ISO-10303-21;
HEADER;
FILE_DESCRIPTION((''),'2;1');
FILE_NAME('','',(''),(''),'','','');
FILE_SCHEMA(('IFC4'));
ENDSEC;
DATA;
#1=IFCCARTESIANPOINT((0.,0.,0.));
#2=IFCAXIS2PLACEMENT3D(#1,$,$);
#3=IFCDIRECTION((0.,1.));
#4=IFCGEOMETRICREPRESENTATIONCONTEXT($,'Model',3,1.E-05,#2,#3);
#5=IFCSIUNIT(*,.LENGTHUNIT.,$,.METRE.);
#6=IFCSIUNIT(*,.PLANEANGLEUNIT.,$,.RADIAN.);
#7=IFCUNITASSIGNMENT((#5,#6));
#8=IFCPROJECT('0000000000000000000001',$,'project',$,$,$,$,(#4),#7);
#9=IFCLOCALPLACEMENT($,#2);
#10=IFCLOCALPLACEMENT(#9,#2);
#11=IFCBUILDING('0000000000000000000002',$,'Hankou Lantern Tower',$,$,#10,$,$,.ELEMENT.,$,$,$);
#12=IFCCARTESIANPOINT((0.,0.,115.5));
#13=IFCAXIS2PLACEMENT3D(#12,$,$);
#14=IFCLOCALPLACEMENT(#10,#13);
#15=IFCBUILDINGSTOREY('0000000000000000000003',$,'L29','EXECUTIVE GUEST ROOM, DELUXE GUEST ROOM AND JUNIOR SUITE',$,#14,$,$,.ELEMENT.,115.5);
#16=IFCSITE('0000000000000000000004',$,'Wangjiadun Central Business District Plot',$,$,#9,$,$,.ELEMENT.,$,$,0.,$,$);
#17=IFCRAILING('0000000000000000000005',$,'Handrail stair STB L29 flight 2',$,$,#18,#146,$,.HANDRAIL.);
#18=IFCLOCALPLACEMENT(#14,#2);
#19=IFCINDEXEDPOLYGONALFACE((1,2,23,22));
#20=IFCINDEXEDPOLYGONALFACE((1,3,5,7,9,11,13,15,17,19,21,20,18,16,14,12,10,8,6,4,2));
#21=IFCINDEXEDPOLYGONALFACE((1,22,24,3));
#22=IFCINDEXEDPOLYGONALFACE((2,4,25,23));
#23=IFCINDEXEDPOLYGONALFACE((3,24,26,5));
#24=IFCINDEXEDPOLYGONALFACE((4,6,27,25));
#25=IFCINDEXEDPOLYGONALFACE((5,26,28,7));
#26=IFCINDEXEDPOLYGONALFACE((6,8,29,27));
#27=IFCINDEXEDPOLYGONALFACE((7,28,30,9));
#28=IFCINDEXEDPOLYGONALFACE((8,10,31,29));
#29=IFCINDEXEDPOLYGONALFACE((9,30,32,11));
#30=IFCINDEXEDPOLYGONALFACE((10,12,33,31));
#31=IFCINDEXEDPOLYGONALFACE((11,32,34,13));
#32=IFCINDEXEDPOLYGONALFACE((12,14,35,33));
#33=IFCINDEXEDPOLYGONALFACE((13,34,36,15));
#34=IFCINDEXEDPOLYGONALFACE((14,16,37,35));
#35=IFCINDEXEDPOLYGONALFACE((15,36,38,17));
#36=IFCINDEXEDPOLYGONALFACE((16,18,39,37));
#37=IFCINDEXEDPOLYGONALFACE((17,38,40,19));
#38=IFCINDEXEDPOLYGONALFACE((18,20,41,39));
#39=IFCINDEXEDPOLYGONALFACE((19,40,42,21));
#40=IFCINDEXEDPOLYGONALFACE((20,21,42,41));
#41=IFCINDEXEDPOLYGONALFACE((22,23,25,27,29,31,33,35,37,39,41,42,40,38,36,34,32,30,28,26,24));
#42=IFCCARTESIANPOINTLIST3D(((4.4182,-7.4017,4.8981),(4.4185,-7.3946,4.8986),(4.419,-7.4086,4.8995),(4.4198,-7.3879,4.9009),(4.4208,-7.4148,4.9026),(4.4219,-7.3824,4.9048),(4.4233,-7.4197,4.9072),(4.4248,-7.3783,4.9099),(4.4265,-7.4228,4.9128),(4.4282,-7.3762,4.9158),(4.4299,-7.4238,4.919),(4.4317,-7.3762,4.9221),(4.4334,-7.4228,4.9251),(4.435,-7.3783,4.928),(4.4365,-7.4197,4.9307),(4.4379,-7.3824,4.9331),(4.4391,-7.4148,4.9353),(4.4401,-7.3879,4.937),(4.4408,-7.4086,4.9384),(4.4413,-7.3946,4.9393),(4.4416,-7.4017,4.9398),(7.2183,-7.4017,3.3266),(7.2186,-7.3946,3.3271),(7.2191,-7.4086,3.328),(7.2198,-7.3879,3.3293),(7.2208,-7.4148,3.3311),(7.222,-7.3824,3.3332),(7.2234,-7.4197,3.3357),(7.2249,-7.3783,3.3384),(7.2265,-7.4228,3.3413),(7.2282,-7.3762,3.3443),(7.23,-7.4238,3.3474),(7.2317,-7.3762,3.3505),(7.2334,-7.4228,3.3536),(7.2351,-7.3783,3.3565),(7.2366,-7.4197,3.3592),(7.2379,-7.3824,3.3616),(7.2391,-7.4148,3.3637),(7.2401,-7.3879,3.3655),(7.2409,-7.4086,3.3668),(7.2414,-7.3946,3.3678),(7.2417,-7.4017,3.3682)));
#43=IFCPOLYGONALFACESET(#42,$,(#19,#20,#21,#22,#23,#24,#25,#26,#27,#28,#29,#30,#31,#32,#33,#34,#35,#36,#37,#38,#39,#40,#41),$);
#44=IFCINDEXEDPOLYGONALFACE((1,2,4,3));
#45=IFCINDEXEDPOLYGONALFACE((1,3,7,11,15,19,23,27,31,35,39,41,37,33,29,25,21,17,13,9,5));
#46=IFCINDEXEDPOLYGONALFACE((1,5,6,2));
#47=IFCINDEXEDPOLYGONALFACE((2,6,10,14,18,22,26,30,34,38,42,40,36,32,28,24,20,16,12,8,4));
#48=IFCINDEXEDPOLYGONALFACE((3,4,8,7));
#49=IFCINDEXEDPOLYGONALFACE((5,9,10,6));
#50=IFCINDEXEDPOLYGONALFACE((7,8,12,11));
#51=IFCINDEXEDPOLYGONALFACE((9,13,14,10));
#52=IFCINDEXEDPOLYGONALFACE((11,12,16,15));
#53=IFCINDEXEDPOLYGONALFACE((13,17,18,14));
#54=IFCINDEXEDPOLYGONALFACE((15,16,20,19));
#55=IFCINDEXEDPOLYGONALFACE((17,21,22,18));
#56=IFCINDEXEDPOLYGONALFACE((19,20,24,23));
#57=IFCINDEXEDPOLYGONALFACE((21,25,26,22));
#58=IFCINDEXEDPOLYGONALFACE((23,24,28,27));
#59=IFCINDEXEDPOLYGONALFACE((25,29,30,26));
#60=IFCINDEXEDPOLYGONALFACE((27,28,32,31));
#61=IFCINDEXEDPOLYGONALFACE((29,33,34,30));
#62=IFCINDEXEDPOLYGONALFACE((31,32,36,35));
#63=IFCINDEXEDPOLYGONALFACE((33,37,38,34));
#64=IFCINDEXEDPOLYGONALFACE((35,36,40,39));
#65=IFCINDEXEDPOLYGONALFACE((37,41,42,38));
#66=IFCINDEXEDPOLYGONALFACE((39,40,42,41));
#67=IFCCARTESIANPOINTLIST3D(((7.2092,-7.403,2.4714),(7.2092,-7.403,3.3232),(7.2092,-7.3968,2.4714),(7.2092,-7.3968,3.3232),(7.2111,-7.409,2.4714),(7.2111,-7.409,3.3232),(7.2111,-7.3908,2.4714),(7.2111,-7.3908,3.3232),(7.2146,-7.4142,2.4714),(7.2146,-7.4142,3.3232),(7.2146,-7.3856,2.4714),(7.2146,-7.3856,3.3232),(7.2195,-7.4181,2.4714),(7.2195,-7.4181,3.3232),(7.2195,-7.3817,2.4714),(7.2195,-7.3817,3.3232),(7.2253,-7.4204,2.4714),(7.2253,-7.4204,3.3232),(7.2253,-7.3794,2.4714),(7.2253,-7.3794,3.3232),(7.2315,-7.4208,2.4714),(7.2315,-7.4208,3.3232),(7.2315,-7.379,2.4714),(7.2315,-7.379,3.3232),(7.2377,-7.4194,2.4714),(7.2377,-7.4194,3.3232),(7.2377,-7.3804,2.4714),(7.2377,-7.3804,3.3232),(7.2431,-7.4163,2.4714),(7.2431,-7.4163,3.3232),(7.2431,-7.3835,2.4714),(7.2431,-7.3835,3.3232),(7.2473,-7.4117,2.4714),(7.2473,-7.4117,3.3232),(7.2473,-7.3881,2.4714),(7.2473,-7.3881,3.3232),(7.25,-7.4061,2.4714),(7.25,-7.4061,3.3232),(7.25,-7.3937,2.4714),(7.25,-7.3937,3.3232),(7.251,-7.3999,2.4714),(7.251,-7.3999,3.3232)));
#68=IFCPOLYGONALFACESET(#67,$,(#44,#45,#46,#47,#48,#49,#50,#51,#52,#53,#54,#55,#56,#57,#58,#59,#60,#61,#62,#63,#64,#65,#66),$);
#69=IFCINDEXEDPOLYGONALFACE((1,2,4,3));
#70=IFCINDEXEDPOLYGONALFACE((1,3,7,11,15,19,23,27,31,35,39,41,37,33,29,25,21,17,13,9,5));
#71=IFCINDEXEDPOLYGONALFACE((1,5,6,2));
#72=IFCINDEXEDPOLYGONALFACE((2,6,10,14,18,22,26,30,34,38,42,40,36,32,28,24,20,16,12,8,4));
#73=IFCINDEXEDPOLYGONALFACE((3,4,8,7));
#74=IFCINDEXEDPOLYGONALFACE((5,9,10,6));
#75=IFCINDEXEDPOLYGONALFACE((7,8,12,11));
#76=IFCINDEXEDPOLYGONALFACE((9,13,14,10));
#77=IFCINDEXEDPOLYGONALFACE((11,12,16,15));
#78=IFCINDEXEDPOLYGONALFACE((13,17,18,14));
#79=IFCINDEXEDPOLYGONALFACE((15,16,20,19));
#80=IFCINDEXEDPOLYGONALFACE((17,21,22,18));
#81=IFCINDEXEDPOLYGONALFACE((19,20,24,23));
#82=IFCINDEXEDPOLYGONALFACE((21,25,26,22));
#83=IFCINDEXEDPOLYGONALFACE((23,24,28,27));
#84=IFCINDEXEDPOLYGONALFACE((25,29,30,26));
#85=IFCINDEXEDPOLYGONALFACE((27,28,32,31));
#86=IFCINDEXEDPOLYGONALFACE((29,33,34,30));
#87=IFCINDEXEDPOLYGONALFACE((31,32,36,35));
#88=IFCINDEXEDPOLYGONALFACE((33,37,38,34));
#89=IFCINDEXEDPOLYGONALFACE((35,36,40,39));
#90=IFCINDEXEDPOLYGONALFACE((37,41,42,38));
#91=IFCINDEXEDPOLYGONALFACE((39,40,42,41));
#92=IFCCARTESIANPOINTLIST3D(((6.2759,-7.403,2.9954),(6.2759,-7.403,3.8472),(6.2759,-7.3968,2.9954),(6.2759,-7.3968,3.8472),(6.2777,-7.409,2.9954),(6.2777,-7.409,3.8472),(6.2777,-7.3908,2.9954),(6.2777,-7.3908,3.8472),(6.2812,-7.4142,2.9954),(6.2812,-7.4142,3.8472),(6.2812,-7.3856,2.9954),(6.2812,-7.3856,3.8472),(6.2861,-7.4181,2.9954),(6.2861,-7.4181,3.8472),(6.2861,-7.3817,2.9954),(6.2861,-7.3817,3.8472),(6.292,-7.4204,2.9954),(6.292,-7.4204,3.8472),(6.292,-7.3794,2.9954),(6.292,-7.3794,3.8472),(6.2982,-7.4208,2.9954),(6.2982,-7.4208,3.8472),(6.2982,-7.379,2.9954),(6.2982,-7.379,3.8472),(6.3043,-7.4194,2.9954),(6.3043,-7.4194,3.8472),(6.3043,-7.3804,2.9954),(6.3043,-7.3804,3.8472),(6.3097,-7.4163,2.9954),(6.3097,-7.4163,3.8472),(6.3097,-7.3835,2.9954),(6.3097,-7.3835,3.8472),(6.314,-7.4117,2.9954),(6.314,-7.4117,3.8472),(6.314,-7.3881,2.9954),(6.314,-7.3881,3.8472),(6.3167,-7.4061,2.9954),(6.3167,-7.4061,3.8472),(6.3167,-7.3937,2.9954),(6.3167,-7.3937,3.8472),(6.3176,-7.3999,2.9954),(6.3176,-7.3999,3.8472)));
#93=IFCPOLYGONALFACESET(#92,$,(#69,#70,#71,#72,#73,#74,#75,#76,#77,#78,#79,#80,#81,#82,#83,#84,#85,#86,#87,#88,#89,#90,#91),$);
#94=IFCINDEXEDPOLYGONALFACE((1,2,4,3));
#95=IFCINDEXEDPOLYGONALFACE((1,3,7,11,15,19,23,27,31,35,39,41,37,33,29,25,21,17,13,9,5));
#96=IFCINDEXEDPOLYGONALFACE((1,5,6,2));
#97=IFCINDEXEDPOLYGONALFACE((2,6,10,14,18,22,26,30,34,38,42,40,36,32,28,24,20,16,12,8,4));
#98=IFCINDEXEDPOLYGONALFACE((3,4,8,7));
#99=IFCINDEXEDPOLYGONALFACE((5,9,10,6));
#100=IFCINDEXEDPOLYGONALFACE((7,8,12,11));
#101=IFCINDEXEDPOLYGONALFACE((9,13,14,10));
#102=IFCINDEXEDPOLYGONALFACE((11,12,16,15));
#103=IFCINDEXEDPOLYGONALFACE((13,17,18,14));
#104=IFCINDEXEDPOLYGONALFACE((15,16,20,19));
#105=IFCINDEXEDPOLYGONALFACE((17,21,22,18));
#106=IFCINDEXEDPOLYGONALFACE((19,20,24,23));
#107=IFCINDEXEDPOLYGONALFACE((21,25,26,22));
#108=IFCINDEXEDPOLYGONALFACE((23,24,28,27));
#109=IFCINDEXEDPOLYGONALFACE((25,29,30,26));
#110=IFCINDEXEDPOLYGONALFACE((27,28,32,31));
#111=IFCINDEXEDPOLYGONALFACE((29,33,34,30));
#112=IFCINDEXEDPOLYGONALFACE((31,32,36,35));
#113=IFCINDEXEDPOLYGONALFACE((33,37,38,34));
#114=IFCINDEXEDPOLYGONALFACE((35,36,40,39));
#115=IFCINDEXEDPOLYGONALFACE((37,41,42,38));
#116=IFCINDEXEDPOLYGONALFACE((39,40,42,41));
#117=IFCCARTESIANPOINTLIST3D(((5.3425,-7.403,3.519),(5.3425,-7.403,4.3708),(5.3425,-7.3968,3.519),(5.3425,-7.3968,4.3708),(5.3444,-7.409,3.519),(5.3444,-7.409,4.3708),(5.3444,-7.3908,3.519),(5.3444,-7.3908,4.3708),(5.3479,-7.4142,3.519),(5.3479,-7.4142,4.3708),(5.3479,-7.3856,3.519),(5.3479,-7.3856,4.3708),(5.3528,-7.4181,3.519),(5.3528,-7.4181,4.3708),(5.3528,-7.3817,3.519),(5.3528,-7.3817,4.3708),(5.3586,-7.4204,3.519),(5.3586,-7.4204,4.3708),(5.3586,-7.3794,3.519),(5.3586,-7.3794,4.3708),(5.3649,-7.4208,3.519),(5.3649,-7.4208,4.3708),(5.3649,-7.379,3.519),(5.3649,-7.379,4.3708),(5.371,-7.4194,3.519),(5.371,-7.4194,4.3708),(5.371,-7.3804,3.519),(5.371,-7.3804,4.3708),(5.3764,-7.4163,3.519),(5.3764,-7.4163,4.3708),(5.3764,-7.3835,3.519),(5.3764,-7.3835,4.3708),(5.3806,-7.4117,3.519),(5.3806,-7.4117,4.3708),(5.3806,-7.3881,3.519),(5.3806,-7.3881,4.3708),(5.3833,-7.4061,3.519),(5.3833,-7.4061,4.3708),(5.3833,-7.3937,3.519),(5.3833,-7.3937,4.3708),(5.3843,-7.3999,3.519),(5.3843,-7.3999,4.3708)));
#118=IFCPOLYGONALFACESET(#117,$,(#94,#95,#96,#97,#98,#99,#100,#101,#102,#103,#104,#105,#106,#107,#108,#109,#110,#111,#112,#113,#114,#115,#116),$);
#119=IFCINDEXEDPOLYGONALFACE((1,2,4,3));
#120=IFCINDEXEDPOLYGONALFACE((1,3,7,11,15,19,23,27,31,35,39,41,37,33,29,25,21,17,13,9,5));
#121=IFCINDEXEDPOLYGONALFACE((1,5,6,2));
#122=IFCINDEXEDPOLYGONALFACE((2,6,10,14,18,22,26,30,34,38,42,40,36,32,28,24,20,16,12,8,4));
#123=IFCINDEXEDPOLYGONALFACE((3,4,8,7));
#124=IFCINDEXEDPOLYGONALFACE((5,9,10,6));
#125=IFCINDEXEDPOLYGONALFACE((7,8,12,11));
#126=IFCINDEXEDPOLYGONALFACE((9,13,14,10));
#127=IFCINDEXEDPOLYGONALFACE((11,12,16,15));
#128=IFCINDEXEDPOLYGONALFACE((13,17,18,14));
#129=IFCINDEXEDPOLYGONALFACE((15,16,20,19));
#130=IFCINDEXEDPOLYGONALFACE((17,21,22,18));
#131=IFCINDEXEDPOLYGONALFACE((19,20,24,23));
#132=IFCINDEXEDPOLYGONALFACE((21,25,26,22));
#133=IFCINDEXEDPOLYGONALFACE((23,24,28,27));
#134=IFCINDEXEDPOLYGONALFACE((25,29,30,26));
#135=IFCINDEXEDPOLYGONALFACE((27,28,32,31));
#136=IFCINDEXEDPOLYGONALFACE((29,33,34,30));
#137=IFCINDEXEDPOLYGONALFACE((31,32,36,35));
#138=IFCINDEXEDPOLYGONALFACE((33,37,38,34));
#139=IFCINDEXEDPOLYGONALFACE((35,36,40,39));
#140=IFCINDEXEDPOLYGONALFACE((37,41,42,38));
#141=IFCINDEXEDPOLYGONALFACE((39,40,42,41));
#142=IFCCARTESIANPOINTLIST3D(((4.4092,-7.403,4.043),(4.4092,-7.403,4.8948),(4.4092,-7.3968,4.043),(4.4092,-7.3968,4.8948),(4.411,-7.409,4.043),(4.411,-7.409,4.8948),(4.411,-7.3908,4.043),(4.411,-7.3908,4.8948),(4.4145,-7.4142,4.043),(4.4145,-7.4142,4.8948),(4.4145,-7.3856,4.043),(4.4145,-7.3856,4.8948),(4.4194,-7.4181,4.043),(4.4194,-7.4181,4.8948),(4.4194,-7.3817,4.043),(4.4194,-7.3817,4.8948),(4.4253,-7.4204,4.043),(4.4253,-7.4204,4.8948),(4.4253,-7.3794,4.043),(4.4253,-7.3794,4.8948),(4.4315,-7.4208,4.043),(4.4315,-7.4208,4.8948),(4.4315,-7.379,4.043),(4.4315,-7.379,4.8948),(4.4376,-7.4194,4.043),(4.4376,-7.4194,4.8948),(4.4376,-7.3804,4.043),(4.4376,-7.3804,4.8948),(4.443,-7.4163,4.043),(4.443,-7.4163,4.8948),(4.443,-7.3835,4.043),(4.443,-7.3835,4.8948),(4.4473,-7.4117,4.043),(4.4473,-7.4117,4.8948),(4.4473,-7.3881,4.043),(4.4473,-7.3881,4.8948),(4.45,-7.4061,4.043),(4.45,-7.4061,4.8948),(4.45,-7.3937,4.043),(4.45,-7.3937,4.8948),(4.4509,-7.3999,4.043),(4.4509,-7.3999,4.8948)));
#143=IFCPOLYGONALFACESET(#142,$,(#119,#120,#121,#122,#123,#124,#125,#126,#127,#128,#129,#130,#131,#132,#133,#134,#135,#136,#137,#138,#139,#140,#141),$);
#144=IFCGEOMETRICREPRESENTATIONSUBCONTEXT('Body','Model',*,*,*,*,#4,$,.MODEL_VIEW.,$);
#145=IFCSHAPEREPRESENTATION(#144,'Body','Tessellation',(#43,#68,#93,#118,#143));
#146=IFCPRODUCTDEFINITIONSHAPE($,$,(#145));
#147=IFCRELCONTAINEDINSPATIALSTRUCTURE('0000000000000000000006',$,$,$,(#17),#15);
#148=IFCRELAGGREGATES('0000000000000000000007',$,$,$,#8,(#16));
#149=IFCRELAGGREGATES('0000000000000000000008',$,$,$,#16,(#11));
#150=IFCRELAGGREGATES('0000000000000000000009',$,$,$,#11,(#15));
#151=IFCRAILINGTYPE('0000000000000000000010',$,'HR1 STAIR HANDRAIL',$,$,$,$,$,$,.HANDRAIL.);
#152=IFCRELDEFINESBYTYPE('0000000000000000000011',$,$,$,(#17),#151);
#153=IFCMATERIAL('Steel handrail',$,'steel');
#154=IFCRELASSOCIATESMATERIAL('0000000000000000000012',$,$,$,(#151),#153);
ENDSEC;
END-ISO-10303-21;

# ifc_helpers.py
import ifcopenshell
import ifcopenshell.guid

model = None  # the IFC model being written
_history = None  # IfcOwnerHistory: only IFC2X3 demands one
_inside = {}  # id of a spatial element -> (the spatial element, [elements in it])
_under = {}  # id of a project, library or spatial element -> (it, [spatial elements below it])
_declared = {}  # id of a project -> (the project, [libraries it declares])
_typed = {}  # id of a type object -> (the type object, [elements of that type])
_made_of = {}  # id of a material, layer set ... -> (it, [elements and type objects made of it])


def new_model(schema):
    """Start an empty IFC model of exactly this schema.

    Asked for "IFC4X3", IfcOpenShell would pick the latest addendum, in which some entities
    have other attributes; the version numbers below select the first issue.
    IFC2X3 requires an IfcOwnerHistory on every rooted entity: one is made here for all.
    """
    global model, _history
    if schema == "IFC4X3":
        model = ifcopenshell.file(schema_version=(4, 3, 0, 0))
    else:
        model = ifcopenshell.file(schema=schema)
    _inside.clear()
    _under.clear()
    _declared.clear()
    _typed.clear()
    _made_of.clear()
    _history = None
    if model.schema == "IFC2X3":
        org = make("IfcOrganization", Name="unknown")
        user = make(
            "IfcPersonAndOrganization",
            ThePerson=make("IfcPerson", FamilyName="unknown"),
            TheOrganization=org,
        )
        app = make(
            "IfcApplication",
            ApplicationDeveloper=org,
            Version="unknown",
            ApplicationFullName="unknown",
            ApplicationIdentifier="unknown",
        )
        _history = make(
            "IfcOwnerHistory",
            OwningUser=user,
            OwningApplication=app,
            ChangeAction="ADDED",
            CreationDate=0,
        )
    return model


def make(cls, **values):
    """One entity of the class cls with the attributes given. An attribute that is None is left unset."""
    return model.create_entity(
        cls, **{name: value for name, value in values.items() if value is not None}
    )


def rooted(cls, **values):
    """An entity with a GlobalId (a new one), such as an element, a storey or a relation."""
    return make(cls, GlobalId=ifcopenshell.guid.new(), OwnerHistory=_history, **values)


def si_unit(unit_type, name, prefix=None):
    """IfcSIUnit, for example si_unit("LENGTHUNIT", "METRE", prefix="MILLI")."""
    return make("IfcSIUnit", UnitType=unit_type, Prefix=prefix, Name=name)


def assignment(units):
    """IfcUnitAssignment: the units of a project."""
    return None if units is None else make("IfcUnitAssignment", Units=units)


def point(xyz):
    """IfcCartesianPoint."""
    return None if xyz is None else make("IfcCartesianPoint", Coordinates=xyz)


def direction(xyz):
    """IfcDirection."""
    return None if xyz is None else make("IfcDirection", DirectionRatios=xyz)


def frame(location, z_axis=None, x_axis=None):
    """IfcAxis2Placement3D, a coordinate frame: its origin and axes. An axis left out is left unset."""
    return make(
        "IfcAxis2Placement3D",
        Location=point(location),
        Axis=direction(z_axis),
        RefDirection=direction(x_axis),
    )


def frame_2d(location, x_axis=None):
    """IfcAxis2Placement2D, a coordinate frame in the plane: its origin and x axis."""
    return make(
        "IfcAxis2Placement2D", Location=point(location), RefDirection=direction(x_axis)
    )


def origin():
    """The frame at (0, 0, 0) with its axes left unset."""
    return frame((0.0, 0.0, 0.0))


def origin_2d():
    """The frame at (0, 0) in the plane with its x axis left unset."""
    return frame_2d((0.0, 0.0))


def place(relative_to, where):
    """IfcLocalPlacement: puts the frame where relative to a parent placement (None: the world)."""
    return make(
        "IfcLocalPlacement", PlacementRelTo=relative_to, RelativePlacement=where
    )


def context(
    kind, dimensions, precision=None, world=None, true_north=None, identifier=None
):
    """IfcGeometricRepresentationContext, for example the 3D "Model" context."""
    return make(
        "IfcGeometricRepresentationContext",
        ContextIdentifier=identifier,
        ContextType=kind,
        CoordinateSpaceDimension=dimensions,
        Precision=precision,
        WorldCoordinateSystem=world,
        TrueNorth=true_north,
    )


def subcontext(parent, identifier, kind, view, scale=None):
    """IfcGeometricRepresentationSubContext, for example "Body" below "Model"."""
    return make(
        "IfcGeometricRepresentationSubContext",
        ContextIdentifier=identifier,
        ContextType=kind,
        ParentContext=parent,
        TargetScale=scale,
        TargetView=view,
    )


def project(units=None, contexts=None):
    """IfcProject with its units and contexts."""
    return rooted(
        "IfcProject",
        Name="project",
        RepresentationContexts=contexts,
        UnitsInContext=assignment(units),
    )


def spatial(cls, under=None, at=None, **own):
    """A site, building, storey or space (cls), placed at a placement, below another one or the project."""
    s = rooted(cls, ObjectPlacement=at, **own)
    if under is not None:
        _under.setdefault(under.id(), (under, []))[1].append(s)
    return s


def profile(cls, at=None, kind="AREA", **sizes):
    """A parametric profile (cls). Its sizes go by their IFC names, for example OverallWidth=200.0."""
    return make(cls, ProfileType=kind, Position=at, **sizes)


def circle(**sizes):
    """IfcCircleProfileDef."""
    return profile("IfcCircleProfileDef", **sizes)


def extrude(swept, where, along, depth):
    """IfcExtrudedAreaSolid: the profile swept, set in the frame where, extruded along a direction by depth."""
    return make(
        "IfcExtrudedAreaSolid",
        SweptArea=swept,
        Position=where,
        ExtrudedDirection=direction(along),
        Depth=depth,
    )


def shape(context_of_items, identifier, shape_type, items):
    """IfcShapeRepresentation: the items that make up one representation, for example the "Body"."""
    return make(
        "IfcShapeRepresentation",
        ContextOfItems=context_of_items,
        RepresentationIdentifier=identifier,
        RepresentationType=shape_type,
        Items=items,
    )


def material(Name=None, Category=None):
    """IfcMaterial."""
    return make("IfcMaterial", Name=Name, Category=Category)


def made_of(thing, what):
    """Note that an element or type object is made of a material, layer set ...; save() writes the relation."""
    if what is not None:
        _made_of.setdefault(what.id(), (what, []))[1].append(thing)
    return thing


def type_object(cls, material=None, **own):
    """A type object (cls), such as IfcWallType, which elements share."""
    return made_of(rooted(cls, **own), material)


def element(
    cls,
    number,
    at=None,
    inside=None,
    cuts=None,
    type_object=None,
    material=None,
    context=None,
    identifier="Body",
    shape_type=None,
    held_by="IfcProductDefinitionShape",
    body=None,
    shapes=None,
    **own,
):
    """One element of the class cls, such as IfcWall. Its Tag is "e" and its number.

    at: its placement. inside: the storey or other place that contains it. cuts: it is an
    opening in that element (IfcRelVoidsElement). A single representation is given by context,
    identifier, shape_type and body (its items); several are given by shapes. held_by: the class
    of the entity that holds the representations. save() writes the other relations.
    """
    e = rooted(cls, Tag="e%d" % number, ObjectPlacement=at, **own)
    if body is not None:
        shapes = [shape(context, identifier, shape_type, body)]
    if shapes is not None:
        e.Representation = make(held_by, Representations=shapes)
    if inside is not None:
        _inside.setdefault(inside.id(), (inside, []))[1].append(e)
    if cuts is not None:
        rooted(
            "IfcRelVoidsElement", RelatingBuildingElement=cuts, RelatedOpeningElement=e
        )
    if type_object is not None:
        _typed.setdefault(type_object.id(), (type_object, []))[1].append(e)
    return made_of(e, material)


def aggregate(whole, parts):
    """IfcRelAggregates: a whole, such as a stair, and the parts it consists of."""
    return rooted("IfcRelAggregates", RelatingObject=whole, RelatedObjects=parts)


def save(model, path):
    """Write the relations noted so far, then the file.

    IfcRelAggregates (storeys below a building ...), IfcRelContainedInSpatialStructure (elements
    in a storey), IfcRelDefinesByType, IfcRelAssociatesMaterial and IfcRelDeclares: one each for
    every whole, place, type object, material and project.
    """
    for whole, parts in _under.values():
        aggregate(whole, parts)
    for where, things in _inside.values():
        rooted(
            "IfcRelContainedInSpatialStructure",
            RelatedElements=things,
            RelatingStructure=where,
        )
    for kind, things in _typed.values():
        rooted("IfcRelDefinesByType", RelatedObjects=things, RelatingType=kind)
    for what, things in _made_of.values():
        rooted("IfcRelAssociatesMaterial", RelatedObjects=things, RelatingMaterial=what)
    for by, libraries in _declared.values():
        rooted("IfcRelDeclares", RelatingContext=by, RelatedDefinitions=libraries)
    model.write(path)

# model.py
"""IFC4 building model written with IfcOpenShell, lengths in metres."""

from ifc_helpers import new_model, si_unit, direction, frame, origin, origin_2d, place, context, subcontext, project, spatial, circle, extrude, material, type_object, element, save


model = new_model("IFC4")

# Units and contexts
model_context = context("Model", 3, precision=1e-05, world=origin(), true_north=direction((0.0, 1.0)))
body_context = subcontext(model_context, "Body", "Model", "MODEL_VIEW")
ifc_project = project(units=[si_unit("LENGTHUNIT", "METRE"), si_unit("PLANEANGLEUNIT", "RADIAN")], contexts=[model_context])

# Site, building, storey
site_placement = place(None, origin())
site = spatial("IfcSite", under=ifc_project, at=site_placement, Name="Wangjiadun Central Business District Plot", CompositionType="ELEMENT", RefElevation=0.0)
building_placement = place(site_placement, origin())
building = spatial("IfcBuilding", under=site, at=building_placement, Name="Hankou Lantern Tower", CompositionType="ELEMENT")
storey_placement = place(building_placement, frame((0.0, 0.0, 115.5)))
storey = spatial("IfcBuildingStorey", under=building, at=storey_placement, Name="L29", Description="EXECUTIVE GUEST ROOM, DELUXE GUEST ROOM AND JUNIOR SUITE", CompositionType="ELEMENT", Elevation=115.5)

# Railing
ifc_material_1 = material(Name="Steel handrail", Category="steel")
railing_type = type_object("IfcRailingType", Name="HR1 STAIR HANDRAIL", PredefinedType="HANDRAIL", material=ifc_material_1)
railing_1_placement = place(storey_placement, frame((7.23, -7.3999, 2.4714)))
element("IfcRailing", 1, at=railing_1_placement, inside=storey, type_object=railing_type, Name="Handrail stair STB L29 flight 2", PredefinedType="HANDRAIL", context=body_context, shape_type="SweptSolid", body=[
    extrude(circle(Radius=0.0239, at=origin_2d()), frame((0.0, 0.0, 0.876), z_axis=(-0.87204, 0.0, 0.489434), x_axis=(0.0, -1.0, 0.0)), (0.0, 0.0, 1.0), 3.2109),
    extrude(circle(Radius=0.021, at=origin_2d()), origin(), (0.0, 0.0, 1.0), 0.8518),
    extrude(circle(Radius=0.021, at=origin_2d()), frame((-0.9333, 0.0, 0.5239)), (0.0, 0.0, 1.0), 0.8518),
    extrude(circle(Radius=0.021, at=origin_2d()), frame((-1.8667, 0.0, 1.0476)), (0.0, 0.0, 1.0), 0.8518),
    extrude(circle(Radius=0.021, at=origin_2d()), frame((-2.8, 0.0, 1.5715)), (0.0, 0.0, 1.0), 0.8518),
])

save(model, "model.ifc")
